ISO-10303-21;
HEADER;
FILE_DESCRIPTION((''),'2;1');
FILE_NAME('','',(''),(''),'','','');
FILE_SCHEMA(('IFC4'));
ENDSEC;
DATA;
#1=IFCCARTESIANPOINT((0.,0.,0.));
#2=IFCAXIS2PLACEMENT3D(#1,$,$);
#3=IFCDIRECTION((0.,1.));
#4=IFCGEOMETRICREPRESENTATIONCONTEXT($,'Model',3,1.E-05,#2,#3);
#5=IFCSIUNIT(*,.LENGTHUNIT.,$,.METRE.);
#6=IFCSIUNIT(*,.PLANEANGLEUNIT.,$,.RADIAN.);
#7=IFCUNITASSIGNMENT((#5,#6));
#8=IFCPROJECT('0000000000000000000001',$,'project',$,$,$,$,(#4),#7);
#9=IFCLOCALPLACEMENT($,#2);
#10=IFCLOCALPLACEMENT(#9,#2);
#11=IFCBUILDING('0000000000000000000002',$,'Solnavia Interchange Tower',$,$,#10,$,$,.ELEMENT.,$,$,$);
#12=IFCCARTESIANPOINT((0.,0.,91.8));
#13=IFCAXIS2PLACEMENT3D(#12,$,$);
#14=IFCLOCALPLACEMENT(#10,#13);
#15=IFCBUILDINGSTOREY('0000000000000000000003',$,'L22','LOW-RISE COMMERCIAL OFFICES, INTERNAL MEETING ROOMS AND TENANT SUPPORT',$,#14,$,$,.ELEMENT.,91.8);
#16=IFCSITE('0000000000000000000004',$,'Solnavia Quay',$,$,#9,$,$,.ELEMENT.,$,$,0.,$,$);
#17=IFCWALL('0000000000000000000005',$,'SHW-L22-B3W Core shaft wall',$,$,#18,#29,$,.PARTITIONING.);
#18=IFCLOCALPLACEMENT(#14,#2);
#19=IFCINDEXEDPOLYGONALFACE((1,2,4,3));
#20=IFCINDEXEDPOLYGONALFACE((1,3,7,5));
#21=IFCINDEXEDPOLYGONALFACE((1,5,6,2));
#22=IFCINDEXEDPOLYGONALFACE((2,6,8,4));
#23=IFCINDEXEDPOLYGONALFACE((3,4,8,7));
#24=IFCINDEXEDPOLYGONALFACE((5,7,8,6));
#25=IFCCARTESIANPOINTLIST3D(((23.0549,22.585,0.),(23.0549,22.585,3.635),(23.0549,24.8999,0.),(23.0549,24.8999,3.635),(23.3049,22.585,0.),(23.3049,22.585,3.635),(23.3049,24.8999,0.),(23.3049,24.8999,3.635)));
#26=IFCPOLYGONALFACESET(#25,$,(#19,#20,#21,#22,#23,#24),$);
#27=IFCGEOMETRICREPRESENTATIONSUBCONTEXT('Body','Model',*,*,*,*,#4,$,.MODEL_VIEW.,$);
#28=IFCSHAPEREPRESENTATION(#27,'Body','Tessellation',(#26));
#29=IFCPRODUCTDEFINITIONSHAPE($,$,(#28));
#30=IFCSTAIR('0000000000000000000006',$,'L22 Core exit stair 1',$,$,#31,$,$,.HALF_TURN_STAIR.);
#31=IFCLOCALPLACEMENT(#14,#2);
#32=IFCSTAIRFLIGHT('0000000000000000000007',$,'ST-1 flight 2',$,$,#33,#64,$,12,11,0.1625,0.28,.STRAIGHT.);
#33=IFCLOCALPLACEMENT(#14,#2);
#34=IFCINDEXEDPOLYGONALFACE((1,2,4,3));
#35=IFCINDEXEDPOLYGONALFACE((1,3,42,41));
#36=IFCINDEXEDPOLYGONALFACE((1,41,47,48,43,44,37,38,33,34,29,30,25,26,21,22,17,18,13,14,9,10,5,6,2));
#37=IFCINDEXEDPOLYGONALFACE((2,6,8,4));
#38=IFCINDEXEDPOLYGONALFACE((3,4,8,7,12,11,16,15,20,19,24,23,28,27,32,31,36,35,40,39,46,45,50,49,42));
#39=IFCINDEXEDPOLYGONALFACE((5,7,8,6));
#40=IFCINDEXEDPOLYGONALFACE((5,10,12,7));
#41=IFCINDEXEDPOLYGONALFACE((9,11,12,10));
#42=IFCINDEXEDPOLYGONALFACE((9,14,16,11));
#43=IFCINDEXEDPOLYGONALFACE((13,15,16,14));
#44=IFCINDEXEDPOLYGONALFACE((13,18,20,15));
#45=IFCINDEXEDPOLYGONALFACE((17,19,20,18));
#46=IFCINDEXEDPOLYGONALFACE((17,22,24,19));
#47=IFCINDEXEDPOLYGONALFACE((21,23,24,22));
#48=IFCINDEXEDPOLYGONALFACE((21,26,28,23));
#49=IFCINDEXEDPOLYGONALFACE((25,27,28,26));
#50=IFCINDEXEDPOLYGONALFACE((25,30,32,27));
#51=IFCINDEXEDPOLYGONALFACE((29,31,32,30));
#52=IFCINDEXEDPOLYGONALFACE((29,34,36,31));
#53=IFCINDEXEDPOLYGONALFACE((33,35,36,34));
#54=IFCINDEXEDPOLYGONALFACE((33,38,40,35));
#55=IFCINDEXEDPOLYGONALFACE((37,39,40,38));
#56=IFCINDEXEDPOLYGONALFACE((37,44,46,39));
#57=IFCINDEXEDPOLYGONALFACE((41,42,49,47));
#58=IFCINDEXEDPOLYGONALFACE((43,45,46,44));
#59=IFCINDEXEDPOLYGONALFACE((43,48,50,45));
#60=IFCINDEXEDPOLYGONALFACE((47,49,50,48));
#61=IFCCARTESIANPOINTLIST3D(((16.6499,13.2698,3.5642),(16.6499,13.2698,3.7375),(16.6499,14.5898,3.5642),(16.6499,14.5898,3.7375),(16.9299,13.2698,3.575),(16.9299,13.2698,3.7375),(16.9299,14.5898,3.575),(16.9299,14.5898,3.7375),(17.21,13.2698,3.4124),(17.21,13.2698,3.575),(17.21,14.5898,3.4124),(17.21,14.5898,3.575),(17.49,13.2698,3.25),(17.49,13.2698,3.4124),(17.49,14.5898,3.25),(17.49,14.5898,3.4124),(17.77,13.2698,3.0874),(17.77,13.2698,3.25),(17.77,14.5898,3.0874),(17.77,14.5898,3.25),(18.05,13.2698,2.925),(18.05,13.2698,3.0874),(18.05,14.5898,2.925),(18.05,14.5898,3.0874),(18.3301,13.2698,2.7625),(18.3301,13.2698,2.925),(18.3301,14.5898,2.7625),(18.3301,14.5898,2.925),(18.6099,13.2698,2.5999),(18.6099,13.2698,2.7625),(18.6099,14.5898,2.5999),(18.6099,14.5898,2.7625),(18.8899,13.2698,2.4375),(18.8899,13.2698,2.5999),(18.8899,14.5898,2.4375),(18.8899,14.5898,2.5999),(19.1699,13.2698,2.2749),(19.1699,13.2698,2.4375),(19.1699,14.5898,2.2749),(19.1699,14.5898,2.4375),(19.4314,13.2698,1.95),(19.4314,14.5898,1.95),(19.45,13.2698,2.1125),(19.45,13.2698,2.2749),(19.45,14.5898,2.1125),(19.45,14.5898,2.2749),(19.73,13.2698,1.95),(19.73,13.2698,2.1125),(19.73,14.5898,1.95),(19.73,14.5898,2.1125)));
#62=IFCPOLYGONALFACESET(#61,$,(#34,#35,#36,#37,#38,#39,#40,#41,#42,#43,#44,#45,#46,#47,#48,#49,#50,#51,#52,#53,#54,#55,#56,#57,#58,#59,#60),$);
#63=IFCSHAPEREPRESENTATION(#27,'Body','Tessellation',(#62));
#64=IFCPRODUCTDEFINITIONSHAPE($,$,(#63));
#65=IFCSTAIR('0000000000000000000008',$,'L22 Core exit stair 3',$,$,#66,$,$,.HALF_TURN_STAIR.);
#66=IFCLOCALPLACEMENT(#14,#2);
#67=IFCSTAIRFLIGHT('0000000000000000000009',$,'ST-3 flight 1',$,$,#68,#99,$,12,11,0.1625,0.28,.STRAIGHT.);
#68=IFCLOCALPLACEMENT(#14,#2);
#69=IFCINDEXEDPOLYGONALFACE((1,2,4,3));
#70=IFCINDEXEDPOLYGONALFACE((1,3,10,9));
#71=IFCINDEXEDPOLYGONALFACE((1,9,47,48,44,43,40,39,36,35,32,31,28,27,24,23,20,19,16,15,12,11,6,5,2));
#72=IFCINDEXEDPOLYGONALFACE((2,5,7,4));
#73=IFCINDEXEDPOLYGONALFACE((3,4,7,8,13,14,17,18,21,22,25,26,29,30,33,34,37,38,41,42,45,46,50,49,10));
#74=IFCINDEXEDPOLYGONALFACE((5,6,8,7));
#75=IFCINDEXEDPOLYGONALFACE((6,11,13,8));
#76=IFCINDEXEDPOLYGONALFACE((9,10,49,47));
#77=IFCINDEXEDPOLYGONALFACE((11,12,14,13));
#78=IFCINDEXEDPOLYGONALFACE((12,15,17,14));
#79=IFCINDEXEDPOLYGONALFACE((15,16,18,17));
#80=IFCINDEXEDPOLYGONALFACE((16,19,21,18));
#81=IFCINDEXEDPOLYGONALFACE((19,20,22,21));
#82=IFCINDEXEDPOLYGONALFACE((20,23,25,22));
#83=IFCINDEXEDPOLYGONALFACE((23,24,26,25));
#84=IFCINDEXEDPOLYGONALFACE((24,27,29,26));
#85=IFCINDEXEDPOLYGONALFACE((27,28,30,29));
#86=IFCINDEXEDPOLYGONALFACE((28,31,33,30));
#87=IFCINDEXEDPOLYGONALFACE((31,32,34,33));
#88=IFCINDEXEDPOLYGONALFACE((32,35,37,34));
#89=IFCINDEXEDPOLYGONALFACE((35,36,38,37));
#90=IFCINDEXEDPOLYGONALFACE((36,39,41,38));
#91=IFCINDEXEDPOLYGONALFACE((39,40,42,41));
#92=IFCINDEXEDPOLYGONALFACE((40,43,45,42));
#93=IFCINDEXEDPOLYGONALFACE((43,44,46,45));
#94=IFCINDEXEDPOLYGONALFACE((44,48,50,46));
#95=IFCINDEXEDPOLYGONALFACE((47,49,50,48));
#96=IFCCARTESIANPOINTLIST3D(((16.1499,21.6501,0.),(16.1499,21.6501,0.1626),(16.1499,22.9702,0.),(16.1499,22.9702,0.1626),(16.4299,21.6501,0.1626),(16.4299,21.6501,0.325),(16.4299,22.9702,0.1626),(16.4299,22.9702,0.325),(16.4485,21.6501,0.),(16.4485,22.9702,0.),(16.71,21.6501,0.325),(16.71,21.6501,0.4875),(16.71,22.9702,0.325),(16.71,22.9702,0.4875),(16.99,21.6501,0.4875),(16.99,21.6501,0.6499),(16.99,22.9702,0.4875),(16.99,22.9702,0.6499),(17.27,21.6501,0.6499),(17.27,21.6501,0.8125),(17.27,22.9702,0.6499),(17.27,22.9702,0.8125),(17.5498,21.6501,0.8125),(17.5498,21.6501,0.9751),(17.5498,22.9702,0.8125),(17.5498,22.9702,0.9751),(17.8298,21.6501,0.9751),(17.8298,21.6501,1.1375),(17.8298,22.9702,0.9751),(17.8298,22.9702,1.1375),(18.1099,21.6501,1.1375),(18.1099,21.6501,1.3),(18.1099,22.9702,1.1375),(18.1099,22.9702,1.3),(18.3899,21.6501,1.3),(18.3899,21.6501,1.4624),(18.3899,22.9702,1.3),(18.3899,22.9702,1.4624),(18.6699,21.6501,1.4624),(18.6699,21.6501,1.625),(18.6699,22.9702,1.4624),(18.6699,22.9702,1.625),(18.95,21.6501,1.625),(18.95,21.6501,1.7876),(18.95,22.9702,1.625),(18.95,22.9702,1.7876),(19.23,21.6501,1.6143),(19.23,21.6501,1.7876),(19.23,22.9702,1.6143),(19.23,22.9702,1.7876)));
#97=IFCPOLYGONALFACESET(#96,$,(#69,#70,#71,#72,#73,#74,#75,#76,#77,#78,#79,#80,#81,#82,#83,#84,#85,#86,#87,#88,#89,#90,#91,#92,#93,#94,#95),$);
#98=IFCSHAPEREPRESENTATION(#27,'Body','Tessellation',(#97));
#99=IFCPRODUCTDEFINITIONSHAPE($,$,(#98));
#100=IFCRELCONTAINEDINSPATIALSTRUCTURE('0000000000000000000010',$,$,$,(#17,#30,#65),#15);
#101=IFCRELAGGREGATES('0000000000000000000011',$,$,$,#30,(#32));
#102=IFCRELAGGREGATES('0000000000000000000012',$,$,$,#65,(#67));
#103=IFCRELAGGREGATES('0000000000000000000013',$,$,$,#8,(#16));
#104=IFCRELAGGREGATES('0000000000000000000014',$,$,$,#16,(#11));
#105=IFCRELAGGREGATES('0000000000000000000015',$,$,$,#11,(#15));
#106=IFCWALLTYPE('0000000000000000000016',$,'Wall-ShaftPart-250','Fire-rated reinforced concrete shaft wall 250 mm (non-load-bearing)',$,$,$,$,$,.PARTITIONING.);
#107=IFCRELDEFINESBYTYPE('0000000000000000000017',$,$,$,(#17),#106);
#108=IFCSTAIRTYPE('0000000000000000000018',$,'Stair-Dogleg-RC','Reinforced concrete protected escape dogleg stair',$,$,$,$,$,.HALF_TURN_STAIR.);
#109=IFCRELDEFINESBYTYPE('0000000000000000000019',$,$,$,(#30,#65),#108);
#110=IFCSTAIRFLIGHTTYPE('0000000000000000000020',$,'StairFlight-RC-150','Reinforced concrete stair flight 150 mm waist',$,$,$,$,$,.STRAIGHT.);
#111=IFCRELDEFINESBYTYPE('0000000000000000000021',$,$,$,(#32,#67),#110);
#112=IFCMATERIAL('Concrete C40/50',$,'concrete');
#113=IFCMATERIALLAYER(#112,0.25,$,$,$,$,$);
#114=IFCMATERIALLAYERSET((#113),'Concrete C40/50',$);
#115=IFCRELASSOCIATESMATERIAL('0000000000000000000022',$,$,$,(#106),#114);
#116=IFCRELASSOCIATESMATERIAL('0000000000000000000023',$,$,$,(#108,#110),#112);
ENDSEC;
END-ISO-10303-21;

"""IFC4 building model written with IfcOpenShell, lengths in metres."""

from ifc_helpers import new_model, si_unit, direction, frame, frame_2d, origin, place, context, subcontext, project, spatial, polyline, rectangle, outline, extrude, material, layer, layer_set, type_object, element, aggregate, save


model = new_model("IFC4")

# Units and contexts
model_context = context("Model", 3, precision=1e-05, world=origin(), true_north=direction((0.0, 1.0)))
body_context = subcontext(model_context, "Body", "Model", "MODEL_VIEW")
ifc_project = project(units=[si_unit("LENGTHUNIT", "METRE"), si_unit("PLANEANGLEUNIT", "RADIAN")], contexts=[model_context])

# Site, building, storey
site_placement = place(None, origin())
site = spatial("IfcSite", under=ifc_project, at=site_placement, Name="Solnavia Quay", CompositionType="ELEMENT", RefElevation=0.0)
building_placement = place(site_placement, origin())
building = spatial("IfcBuilding", under=site, at=building_placement, Name="Solnavia Interchange Tower", CompositionType="ELEMENT")
storey_placement = place(building_placement, frame((0.0, 0.0, 91.8)))
storey = spatial("IfcBuildingStorey", under=building, at=storey_placement, Name="L22", Description="LOW-RISE COMMERCIAL OFFICES, INTERNAL MEETING ROOMS AND TENANT SUPPORT", CompositionType="ELEMENT", Elevation=91.8)

# Shared definitions
ifc_material_1 = material(Name="Concrete C40/50", Category="concrete")

# Shared definitions
ifc_layer_1 = layer(ifc_material_1, 0.25)
ifc_layer_set_1 = layer_set([ifc_layer_1], Name="Concrete C40/50")
wall_type_1 = type_object("IfcWallType", Name="Wall-ShaftPart-250", Description="Fire-rated reinforced concrete shaft wall 250 mm (non-load-bearing)", PredefinedType="PARTITIONING", material=ifc_layer_set_1)

# Wall
wall_1_placement = place(storey_placement, frame((23.1799, 22.585, 0.0), z_axis=(0.0, 0.0, 1.0), x_axis=(0.0, 1.0, 0.0)))
element("IfcWall", 1, at=wall_1_placement, inside=storey, type_object=wall_type_1, Name="SHW-L22-B3W Core shaft wall", PredefinedType="PARTITIONING", context=body_context, shape_type="SweptSolid", body=[
    extrude(rectangle(XDim=2.3149, YDim=0.25, at=frame_2d((1.1575, 0.0))), origin(), (0.0, 0.0, 1.0), 3.635),
])

# Stairs, stair flights
stair_type = type_object("IfcStairType", Name="Stair-Dogleg-RC", Description="Reinforced concrete protected escape dogleg stair", PredefinedType="HALF_TURN_STAIR", material=ifc_material_1)
stair_1_placement = place(storey_placement, origin())
stair_1 = element("IfcStair", 2, at=stair_1_placement, inside=storey, type_object=stair_type, Name="L22 Core exit stair 1", PredefinedType="HALF_TURN_STAIR")
stair_flight_type = type_object("IfcStairFlightType", Name="StairFlight-RC-150", Description="Reinforced concrete stair flight 150 mm waist", PredefinedType="STRAIGHT", material=ifc_material_1)
stair_flight_1_placement = place(storey_placement, frame((19.73, 13.9299, 1.95), z_axis=(0.0, 0.0, 1.0), x_axis=(-1.0, 0.0, 0.0)))
stair_flight_1 = element("IfcStairFlight", 3, at=stair_flight_1_placement, type_object=stair_flight_type, Name="ST-1 flight 2", NumberOfRisers=12, NumberOfTreads=11, PredefinedType="STRAIGHT", RiserHeight=0.1625, TreadLength=0.28, context=body_context, shape_type="SweptSolid", body=[
    extrude(outline(polyline([(0.0, 0.0), (0.0, 0.1626), (0.28, 0.1626), (0.28, 0.325), (0.5601, 0.325), (0.5601, 0.4875), (0.8401, 0.4875), (0.8401, 0.6499), (1.1201, 0.6499), (1.1201, 0.8125), (1.3999, 0.8125), (1.3999, 0.9751), (1.6799, 0.9751), (1.6799, 1.1375), (1.96, 1.1375), (1.96, 1.3), (2.24, 1.3), (2.24, 1.4624), (2.52, 1.4624), (2.52, 1.625), (2.8, 1.625), (2.8, 1.7876), (3.0801, 1.7876), (3.0801, 1.95), (3.0801, 1.6143), (0.2986, 0.0), (0.0, 0.0)])), frame((0.0, 0.6602, 0.0), z_axis=(0.0, -1.0, 0.0), x_axis=(1.0, 0.0, 0.0)), (0.0, 0.0, 1.0), 1.3201),
])
aggregate(stair_1, [stair_flight_1])
stair_2_placement = place(storey_placement, origin())
stair_2 = element("IfcStair", 4, at=stair_2_placement, inside=storey, type_object=stair_type, Name="L22 Core exit stair 3", PredefinedType="HALF_TURN_STAIR")
stair_flight_2_placement = place(storey_placement, frame((16.1499, 22.3101, 0.0), z_axis=(0.0, 0.0, 1.0), x_axis=(1.0, 0.0, 0.0)))
stair_flight_2 = element("IfcStairFlight", 5, at=stair_flight_2_placement, type_object=stair_flight_type, Name="ST-3 flight 1", NumberOfRisers=12, NumberOfTreads=11, PredefinedType="STRAIGHT", RiserHeight=0.1625, TreadLength=0.28, context=body_context, shape_type="SweptSolid", body=[
    extrude(outline(polyline([(0.0, 0.0), (0.0, 0.1626), (0.28, 0.1626), (0.28, 0.325), (0.5601, 0.325), (0.5601, 0.4875), (0.8401, 0.4875), (0.8401, 0.6499), (1.1201, 0.6499), (1.1201, 0.8125), (1.3999, 0.8125), (1.3999, 0.9751), (1.6799, 0.9751), (1.6799, 1.1375), (1.96, 1.1375), (1.96, 1.3), (2.24, 1.3), (2.24, 1.4624), (2.52, 1.4624), (2.52, 1.625), (2.8, 1.625), (2.8, 1.7876), (3.0801, 1.7876), (3.0801, 1.95), (3.0801, 1.6143), (0.2986, 0.0), (0.0, 0.0)])), frame((0.0, 0.6602, 0.0), z_axis=(0.0, -1.0, 0.0), x_axis=(1.0, 0.0, 0.0)), (0.0, 0.0, 1.0), 1.3201),
])
aggregate(stair_2, [stair_flight_2])

save(model, "model.ifc")
